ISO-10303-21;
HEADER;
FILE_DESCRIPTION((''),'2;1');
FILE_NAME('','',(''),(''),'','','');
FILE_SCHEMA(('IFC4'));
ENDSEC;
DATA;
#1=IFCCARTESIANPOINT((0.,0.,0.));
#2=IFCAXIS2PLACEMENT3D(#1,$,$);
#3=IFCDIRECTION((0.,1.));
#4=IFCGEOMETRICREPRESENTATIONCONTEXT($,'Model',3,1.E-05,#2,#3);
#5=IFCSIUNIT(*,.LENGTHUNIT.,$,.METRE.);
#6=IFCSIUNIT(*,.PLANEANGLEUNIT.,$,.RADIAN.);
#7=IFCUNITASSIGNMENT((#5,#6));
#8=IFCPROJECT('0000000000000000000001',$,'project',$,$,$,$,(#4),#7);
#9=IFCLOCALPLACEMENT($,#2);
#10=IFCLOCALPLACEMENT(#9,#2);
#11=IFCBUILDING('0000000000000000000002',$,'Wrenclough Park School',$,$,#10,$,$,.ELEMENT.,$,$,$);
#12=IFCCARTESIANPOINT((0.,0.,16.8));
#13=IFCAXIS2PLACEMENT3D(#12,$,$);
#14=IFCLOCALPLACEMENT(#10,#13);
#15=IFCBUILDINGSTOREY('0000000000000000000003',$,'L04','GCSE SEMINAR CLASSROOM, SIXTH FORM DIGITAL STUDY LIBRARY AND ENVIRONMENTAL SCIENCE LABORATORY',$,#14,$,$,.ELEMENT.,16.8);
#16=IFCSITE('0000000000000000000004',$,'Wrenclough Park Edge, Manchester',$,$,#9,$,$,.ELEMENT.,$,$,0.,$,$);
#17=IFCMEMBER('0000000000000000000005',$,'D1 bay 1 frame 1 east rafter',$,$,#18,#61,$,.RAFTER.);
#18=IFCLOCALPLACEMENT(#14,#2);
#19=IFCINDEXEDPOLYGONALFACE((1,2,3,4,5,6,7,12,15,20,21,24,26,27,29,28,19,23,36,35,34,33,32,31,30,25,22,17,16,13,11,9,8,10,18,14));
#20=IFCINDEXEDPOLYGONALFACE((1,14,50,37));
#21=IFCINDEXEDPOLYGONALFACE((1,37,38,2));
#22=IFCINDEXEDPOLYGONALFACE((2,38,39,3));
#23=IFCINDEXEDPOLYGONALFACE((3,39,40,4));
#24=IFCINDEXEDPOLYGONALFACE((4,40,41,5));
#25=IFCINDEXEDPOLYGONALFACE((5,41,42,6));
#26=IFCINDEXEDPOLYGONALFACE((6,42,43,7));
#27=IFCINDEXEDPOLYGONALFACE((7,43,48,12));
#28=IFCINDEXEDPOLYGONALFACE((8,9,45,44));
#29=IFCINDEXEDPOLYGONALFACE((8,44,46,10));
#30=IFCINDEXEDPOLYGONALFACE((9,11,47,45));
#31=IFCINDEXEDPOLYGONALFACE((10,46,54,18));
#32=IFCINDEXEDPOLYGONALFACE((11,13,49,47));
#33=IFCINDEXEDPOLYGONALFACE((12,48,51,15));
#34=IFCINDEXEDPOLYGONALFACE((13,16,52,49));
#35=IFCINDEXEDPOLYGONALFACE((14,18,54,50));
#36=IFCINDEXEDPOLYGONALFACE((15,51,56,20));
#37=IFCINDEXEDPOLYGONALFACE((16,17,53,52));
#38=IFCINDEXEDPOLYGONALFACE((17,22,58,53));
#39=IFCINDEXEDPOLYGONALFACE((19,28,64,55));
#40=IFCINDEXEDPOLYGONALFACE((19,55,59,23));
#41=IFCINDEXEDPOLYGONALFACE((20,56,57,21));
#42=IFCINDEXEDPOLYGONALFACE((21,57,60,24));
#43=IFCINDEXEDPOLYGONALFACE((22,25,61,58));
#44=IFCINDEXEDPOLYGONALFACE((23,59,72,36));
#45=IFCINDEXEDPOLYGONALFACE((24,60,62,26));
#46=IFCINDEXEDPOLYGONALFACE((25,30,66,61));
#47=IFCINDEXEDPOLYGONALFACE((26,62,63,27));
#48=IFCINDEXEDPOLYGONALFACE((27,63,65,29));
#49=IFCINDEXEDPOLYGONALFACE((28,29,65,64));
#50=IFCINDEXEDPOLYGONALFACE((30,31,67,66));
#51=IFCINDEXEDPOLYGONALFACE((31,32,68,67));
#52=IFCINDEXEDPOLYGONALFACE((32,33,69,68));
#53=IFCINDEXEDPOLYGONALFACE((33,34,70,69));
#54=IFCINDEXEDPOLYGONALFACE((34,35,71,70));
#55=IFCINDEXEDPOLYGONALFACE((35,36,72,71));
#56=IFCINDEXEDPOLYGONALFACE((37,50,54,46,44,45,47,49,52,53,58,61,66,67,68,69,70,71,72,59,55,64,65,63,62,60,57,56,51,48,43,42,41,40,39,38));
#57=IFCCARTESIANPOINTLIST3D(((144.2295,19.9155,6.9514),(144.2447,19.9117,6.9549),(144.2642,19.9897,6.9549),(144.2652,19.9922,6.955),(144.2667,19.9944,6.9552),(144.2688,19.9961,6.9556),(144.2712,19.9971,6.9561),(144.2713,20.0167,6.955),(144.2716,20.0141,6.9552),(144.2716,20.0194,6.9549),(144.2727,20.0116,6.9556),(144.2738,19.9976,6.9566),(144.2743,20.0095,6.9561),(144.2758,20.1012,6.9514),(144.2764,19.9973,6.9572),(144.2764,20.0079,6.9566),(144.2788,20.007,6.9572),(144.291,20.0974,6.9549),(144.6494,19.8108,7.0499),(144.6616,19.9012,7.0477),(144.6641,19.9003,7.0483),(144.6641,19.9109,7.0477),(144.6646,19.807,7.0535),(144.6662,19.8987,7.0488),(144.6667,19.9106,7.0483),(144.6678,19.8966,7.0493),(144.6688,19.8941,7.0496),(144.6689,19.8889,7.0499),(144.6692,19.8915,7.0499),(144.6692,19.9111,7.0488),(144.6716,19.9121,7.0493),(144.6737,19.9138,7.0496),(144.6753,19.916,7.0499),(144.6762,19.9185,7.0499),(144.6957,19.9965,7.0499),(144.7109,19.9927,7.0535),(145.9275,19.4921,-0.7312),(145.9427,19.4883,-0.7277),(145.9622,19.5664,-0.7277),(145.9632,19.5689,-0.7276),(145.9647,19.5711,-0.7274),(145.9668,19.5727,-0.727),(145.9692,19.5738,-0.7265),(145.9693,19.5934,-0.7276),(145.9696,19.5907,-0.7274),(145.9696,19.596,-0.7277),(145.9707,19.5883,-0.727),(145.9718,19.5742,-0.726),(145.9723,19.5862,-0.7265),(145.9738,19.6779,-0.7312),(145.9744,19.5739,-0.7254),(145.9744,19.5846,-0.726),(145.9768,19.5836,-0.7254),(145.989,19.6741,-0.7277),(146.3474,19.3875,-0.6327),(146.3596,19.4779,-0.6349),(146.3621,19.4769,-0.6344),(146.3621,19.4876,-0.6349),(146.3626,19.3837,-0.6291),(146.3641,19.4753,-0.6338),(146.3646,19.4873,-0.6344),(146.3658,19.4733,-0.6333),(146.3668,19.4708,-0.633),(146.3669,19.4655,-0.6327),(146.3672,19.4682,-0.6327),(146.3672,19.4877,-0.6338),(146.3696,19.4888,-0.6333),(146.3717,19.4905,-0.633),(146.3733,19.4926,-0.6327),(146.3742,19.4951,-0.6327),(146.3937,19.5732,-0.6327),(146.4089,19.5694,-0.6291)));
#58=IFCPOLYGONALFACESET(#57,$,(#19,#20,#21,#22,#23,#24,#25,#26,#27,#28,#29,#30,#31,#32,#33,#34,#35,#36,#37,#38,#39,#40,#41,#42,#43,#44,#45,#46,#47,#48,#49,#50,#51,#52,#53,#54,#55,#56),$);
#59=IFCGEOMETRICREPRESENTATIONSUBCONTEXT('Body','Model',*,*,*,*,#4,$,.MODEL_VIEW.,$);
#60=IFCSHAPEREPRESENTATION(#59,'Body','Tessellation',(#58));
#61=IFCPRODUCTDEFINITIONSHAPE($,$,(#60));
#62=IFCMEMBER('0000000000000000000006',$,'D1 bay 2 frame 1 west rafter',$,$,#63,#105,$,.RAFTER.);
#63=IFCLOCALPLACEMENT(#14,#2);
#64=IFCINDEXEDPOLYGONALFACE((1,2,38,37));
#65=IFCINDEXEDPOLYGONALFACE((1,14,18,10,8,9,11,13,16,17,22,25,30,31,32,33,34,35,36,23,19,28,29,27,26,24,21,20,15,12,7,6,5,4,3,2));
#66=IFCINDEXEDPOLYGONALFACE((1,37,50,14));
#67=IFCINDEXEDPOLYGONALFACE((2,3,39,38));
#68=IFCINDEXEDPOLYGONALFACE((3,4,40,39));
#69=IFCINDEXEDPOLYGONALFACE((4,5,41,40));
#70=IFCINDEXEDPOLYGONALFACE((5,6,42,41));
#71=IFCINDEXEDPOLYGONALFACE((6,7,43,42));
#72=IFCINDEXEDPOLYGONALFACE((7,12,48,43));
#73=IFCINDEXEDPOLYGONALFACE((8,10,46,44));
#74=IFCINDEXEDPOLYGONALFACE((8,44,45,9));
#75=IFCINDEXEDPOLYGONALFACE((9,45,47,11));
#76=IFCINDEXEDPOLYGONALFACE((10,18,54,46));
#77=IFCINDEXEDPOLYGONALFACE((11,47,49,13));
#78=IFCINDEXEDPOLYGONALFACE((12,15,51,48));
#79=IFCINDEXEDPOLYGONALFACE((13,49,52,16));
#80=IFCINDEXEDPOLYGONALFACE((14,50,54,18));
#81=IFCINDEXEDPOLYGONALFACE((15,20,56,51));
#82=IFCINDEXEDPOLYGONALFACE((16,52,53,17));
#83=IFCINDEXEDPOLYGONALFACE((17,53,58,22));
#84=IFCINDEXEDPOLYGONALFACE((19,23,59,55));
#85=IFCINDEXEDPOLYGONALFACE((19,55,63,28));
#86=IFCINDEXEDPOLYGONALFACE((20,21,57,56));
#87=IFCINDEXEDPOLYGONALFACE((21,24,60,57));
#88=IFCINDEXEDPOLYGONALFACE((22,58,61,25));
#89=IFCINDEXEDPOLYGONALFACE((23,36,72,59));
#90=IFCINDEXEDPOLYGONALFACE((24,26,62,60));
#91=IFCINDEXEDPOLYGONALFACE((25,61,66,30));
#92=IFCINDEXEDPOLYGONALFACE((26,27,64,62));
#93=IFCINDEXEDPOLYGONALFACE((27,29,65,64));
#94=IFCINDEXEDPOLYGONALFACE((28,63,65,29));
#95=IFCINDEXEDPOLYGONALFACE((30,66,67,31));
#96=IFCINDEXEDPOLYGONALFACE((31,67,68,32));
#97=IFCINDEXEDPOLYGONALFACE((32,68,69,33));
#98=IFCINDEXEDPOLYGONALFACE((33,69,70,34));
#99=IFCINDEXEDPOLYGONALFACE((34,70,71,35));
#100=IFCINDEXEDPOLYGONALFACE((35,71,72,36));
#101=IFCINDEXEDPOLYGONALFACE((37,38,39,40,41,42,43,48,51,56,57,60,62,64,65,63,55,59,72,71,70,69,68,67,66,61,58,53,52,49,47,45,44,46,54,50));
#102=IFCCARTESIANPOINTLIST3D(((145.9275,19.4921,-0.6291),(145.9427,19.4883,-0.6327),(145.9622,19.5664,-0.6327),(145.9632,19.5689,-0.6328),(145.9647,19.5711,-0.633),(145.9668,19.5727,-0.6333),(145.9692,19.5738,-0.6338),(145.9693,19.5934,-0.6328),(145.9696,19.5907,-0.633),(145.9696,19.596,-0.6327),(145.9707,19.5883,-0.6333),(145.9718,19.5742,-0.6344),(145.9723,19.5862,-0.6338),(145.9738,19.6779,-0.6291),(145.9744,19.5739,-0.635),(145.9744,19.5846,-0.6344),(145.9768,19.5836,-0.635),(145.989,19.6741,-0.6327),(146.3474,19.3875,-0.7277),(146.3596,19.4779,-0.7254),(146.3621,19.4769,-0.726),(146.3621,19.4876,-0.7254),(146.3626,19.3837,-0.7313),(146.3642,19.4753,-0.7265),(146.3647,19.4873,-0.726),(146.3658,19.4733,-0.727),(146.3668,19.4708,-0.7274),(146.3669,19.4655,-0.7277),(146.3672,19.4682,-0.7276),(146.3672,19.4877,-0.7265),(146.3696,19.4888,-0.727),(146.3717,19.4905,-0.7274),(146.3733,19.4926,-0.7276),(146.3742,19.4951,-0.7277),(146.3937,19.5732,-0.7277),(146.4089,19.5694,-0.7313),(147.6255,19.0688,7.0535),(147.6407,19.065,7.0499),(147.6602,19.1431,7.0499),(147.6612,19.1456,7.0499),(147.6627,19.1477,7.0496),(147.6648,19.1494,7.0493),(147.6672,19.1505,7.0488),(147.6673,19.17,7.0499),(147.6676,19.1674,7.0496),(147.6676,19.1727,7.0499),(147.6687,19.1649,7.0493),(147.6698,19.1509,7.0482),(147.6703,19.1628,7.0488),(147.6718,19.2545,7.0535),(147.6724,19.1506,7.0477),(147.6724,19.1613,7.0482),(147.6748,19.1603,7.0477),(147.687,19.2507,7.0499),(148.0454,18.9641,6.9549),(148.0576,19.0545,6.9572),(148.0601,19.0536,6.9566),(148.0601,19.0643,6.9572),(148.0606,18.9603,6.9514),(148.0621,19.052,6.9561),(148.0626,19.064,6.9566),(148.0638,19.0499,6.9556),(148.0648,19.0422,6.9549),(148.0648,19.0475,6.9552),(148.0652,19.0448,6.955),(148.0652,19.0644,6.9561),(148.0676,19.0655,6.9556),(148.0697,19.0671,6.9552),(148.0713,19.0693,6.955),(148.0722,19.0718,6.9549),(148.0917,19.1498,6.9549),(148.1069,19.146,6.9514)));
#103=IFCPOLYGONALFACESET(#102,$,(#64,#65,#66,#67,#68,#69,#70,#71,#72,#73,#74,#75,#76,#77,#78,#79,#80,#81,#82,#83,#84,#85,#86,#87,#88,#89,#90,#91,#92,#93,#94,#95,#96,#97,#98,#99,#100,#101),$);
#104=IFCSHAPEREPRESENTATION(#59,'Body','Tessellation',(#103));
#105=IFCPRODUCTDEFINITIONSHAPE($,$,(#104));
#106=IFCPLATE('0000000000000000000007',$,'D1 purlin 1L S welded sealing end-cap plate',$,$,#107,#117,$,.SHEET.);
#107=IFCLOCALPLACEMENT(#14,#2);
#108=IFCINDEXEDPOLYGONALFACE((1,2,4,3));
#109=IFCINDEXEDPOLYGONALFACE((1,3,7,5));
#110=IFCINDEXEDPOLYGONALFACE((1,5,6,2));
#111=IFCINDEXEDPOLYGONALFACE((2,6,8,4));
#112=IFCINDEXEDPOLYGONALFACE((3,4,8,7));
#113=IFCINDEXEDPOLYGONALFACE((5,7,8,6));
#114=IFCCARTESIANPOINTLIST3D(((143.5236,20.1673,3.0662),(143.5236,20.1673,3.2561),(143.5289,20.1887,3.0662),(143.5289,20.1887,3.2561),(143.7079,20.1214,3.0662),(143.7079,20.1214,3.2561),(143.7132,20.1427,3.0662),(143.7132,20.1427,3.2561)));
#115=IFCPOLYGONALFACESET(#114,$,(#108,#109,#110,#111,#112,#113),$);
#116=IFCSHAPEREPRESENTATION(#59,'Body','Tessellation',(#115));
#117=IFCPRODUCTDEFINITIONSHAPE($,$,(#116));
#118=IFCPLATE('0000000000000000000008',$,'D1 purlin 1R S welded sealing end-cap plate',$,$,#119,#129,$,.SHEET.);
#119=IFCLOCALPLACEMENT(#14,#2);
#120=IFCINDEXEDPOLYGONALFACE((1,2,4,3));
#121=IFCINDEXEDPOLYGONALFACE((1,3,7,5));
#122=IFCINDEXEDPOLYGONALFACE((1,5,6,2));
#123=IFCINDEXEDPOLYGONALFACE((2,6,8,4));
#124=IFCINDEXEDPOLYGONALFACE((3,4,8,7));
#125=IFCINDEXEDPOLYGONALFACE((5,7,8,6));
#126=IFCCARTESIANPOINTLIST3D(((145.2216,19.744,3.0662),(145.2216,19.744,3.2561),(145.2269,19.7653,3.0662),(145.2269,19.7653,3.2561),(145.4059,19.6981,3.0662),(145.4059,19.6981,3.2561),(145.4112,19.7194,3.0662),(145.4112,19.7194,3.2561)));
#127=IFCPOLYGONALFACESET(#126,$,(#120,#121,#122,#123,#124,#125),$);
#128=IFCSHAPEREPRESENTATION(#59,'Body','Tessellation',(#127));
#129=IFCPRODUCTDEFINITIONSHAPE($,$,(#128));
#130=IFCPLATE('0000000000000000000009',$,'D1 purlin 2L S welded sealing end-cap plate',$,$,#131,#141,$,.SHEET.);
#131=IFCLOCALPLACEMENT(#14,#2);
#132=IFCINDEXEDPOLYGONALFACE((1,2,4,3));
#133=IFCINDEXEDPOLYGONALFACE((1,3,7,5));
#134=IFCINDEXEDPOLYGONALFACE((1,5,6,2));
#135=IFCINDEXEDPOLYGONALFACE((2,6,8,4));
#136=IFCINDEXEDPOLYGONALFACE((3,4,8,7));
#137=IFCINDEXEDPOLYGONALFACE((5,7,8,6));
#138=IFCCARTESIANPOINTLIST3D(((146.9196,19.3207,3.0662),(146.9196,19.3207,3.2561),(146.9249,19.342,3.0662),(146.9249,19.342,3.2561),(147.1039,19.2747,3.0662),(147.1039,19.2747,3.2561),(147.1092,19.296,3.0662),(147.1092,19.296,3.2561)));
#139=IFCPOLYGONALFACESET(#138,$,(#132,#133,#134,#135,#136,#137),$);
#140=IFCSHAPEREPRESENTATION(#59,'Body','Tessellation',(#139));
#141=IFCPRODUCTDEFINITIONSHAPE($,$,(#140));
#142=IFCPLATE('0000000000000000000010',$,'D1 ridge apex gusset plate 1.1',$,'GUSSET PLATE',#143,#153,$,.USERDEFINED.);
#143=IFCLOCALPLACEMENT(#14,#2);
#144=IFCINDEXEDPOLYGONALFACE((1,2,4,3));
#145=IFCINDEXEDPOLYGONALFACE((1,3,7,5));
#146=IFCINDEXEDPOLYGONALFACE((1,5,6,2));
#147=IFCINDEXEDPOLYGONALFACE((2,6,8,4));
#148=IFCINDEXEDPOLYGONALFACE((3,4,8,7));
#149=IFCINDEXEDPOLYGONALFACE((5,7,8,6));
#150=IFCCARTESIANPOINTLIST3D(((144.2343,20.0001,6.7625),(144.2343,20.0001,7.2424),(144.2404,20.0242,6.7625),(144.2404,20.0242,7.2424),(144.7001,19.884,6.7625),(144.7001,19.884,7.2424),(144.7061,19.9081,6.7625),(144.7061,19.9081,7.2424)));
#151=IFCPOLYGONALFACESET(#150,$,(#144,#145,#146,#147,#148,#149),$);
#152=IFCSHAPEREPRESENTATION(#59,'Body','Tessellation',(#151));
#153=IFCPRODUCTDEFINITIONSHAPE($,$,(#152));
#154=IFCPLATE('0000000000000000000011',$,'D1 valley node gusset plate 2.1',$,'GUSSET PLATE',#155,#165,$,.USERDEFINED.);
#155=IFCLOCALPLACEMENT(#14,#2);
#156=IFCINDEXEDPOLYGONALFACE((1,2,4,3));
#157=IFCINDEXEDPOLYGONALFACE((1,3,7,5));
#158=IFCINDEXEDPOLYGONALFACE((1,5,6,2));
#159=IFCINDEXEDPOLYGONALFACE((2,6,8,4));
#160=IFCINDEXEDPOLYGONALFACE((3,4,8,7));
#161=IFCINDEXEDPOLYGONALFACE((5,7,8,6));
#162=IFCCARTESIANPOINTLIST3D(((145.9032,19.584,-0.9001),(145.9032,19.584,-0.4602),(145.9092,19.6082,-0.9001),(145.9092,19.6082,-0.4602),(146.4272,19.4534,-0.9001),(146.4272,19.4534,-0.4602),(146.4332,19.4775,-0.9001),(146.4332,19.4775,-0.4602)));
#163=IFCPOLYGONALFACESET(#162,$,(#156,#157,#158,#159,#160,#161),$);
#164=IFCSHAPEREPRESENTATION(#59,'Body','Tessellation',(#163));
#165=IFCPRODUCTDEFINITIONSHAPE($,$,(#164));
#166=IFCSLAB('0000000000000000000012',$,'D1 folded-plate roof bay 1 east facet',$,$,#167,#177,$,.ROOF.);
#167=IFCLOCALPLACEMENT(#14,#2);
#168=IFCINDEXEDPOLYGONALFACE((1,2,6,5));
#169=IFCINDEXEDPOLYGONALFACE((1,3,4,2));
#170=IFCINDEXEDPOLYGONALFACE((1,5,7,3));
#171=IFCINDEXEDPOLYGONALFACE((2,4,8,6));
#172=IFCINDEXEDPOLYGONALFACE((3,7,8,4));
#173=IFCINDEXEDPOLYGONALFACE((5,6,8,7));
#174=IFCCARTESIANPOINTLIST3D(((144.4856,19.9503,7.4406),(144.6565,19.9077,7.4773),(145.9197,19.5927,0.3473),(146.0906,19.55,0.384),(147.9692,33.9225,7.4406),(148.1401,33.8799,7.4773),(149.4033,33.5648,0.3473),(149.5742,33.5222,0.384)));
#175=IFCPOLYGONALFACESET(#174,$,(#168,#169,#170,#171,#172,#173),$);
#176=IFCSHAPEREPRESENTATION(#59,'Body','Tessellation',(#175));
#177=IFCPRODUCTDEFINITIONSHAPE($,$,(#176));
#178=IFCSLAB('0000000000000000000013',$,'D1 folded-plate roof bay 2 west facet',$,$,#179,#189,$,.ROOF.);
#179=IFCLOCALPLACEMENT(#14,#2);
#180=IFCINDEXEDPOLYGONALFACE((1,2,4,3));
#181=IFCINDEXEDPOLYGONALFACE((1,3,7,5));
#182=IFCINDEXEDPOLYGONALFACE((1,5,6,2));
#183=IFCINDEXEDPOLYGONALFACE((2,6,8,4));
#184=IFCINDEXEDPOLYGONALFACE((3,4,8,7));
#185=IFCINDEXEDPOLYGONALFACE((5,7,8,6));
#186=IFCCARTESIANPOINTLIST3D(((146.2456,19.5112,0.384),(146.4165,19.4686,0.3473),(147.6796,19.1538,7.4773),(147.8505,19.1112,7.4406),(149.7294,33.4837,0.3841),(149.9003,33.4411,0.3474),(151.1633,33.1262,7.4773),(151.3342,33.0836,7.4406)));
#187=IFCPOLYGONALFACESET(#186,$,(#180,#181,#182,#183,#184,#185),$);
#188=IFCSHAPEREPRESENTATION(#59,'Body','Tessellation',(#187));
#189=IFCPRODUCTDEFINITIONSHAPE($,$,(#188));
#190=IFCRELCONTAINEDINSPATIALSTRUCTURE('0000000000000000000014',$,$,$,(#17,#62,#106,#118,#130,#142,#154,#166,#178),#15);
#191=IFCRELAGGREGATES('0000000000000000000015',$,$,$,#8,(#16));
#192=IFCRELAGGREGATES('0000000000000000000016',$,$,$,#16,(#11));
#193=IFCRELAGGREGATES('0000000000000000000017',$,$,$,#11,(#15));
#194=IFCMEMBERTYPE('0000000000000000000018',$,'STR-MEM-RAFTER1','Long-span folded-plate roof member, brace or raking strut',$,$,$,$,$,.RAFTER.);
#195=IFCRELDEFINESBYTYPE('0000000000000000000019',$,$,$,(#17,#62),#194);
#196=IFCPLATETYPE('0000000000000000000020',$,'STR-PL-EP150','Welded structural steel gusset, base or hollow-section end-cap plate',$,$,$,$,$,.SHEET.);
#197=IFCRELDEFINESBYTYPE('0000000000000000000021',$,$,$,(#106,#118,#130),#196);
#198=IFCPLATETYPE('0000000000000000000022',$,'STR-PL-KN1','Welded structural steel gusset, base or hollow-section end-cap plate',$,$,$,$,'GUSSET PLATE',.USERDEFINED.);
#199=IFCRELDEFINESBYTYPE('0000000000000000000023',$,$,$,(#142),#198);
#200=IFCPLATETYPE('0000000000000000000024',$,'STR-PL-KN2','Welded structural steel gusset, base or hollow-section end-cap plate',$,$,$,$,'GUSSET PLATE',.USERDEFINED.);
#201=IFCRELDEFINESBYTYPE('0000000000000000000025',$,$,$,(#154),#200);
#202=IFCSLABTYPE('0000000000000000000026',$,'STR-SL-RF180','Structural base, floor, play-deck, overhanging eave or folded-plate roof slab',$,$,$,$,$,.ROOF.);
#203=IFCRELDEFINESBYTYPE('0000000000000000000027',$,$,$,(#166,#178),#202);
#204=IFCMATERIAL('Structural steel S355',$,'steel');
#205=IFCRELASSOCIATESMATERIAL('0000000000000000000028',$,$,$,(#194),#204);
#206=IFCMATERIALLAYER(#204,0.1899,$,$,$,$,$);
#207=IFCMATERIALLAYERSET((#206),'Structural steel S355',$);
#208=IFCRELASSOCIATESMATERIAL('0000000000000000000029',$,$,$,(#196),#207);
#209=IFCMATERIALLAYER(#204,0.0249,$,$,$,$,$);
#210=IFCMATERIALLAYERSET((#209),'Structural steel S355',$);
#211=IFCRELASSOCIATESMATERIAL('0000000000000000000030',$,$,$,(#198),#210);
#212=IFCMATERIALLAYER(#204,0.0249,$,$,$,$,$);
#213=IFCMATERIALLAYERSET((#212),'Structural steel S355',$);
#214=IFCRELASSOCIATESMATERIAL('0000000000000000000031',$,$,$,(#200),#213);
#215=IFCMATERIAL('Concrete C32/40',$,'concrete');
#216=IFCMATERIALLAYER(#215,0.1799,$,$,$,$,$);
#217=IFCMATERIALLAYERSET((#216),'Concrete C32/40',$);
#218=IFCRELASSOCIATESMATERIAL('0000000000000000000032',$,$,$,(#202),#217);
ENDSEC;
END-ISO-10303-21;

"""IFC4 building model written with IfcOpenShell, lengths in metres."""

from ifc_helpers import new_model, si_unit, direction, frame, origin, origin_2d, place, context, subcontext, project, spatial, polyline, rectangle, i_section, outline, extrude, material, layer, layer_set, material_profile, profile_set, type_object, element, save


model = new_model("IFC4")

# Units and contexts
model_context = context("Model", 3, precision=1e-05, world=origin(), true_north=direction((0.0, 1.0)))
body_context = subcontext(model_context, "Body", "Model", "MODEL_VIEW")
ifc_project = project(units=[si_unit("LENGTHUNIT", "METRE"), si_unit("PLANEANGLEUNIT", "RADIAN")], contexts=[model_context])

# Site, building, storey
site_placement = place(None, origin())
site = spatial("IfcSite", under=ifc_project, at=site_placement, Name="Wrenclough Park Edge, Manchester", CompositionType="ELEMENT", RefElevation=0.0)
building_placement = place(site_placement, origin())
building = spatial("IfcBuilding", under=site, at=building_placement, Name="Wrenclough Park School", CompositionType="ELEMENT")
storey_placement = place(building_placement, frame((0.0, 0.0, 16.8)))
storey = spatial("IfcBuildingStorey", under=building, at=storey_placement, Name="L04", Description="GCSE SEMINAR CLASSROOM, SIXTH FORM DIGITAL STUDY LIBRARY AND ENVIRONMENTAL SCIENCE LABORATORY", CompositionType="ELEMENT", Elevation=16.8)

# Shared definitions
ifc_material_1 = material(Name="Structural steel S355", Category="steel")

# Members
ifc_material_profile_1 = material_profile(ifc_material_1, i_section(OverallWidth=0.1914, OverallDepth=0.46, WebThickness=0.01, FlangeThickness=0.0161, FilletRadius=0.0103, at=origin_2d()), Name="UKB 457x191x82")
ifc_profile_set_1 = profile_set([ifc_material_profile_1], Name="Structural steel S355")
member_type_1 = type_object("IfcMemberType", Name="STR-MEM-RAFTER1", Description="Long-span folded-plate roof member, brace or raking strut", PredefinedType="RAFTER", material=ifc_profile_set_1)
for number, where, z_axis, x_axis, name in (
    (1, (144.4702, 19.9541, 7.0024), (0.215498, -0.053727, -0.975025), (0.241912, 0.970298, 0.0), "D1 bay 1 frame 1 east rafter"),
    (2, (146.1682, 19.5308, -0.6802), (0.215498, -0.053727, 0.975025), (0.241912, 0.970298, 0.0), "D1 bay 2 frame 1 west rafter"),
):
    element("IfcMember", number, at=place(storey_placement, frame(where, z_axis=z_axis, x_axis=x_axis)), inside=storey, type_object=member_type_1, Name=name, PredefinedType="RAFTER", context=body_context, shape_type="SweptSolid", body=[
        extrude(i_section(OverallWidth=0.1914, OverallDepth=0.46, WebThickness=0.01, FlangeThickness=0.0161, FilletRadius=0.0103, at=origin_2d()), origin(), (0.0, 0.0, 1.0), 7.8794),
    ])

# Plates
ifc_layer_1 = layer(ifc_material_1, 0.1899)
ifc_layer_set_1 = layer_set([ifc_layer_1], Name="Structural steel S355")
plate_type_1 = type_object("IfcPlateType", Name="STR-PL-EP150", Description="Welded structural steel gusset, base or hollow-section end-cap plate", PredefinedType="SHEET", material=ifc_layer_set_1)
for number, where, z_axis, x_axis, name in (
    (3, (143.6184, 20.155, 3.0662), (0.0, 0.0, 1.0), (0.241922, 0.970296, 0.0), "D1 purlin 1L S welded sealing end-cap plate"),
    (4, (145.3164, 19.7317, 3.0662), (0.0, 0.0, 1.0), (0.241922, 0.970296, 0.0), "D1 purlin 1R S welded sealing end-cap plate"),
    (5, (147.0144, 19.3083, 3.0662), (0.0, 0.0, 1.0), (0.241922, 0.970296, 0.0), "D1 purlin 2L S welded sealing end-cap plate"),
):
    element("IfcPlate", number, at=place(storey_placement, frame(where, z_axis=z_axis, x_axis=x_axis)), inside=storey, type_object=plate_type_1, Name=name, PredefinedType="SHEET", context=body_context, shape_type="SweptSolid", body=[
        extrude(rectangle(XDim=0.022, YDim=0.1899, at=origin_2d()), origin(), (0.0, 0.0, 1.0), 0.1899),
    ])
ifc_layer_2 = layer(ifc_material_1, 0.0249)
ifc_layer_set_2 = layer_set([ifc_layer_2], Name="Structural steel S355")
plate_type_2 = type_object("IfcPlateType", Name="STR-PL-KN1", Description="Welded structural steel gusset, base or hollow-section end-cap plate", ElementType="GUSSET PLATE", PredefinedType="USERDEFINED", material=ifc_layer_set_2)
plate_1_placement = place(storey_placement, frame((144.4702, 19.9541, 6.7625), z_axis=(0.0, 0.0, 1.0), x_axis=(0.970296, -0.241922, 0.0)))
element("IfcPlate", 6, at=plate_1_placement, inside=storey, type_object=plate_type_2, Name="D1 ridge apex gusset plate 1.1", ObjectType="GUSSET PLATE", PredefinedType="USERDEFINED", context=body_context, shape_type="SweptSolid", body=[
    extrude(rectangle(XDim=0.48, YDim=0.0249, at=origin_2d()), origin(), (0.0, 0.0, 1.0), 0.48),
])
ifc_layer_3 = layer(ifc_material_1, 0.0249)
ifc_layer_set_3 = layer_set([ifc_layer_3], Name="Structural steel S355")
plate_type_3 = type_object("IfcPlateType", Name="STR-PL-KN2", Description="Welded structural steel gusset, base or hollow-section end-cap plate", ElementType="GUSSET PLATE", PredefinedType="USERDEFINED", material=ifc_layer_set_3)
plate_2_placement = place(storey_placement, frame((146.1682, 19.5308, -0.9001), z_axis=(0.0, 0.0, 1.0), x_axis=(0.970296, -0.241922, 0.0)))
element("IfcPlate", 7, at=plate_2_placement, inside=storey, type_object=plate_type_3, Name="D1 valley node gusset plate 2.1", ObjectType="GUSSET PLATE", PredefinedType="USERDEFINED", context=body_context, shape_type="SweptSolid", body=[
    extrude(rectangle(XDim=0.54, YDim=0.0249, at=origin_2d()), origin(), (0.0, 0.0, 1.0), 0.4399),
])

# Slabs
ifc_material_2 = material(Name="Concrete C32/40", Category="concrete")
ifc_layer_4 = layer(ifc_material_2, 0.1799)
ifc_layer_set_4 = layer_set([ifc_layer_4], Name="Concrete C32/40")
slab_type = type_object("IfcSlabType", Name="STR-SL-RF180", Description="Structural base, floor, play-deck, overhanging eave or folded-plate roof slab", PredefinedType="ROOF", material=ifc_layer_set_4)
slab_1_placement = place(storey_placement, frame((144.6565, 19.9077, 7.4773), z_axis=(0.949894, -0.236834, 0.203987), x_axis=(0.197924, -0.049363, -0.978974)))
element("IfcSlab", 8, at=slab_1_placement, inside=storey, type_object=slab_type, Name="D1 folded-plate roof bay 1 east facet", PredefinedType="ROOF", context=body_context, shape_type="SweptSolid", body=[
    extrude(outline(polyline([(0.0, 0.0), (7.2456, 0.0), (7.2454, 14.3999), (-0.0002, 14.3999), (0.0, 0.0)])), origin(), (0.0, 0.0, -1.0), 0.1799),
])
slab_2_placement = place(storey_placement, frame((146.2456, 19.5112, 0.384), z_axis=(-0.949898, 0.23684, 0.203964), x_axis=(0.197909, -0.049326, 0.978978)))
element("IfcSlab", 9, at=slab_2_placement, inside=storey, type_object=slab_type, Name="D1 folded-plate roof bay 2 west facet", PredefinedType="ROOF", context=body_context, shape_type="SweptSolid", body=[
    extrude(outline(polyline([(0.0, 0.0), (7.2456, 0.0), (7.2458, 14.4001), (0.0003, 14.4002), (0.0, 0.0)])), origin(), (0.0, 0.0, -1.0), 0.1799),
])

save(model, "model.ifc")
